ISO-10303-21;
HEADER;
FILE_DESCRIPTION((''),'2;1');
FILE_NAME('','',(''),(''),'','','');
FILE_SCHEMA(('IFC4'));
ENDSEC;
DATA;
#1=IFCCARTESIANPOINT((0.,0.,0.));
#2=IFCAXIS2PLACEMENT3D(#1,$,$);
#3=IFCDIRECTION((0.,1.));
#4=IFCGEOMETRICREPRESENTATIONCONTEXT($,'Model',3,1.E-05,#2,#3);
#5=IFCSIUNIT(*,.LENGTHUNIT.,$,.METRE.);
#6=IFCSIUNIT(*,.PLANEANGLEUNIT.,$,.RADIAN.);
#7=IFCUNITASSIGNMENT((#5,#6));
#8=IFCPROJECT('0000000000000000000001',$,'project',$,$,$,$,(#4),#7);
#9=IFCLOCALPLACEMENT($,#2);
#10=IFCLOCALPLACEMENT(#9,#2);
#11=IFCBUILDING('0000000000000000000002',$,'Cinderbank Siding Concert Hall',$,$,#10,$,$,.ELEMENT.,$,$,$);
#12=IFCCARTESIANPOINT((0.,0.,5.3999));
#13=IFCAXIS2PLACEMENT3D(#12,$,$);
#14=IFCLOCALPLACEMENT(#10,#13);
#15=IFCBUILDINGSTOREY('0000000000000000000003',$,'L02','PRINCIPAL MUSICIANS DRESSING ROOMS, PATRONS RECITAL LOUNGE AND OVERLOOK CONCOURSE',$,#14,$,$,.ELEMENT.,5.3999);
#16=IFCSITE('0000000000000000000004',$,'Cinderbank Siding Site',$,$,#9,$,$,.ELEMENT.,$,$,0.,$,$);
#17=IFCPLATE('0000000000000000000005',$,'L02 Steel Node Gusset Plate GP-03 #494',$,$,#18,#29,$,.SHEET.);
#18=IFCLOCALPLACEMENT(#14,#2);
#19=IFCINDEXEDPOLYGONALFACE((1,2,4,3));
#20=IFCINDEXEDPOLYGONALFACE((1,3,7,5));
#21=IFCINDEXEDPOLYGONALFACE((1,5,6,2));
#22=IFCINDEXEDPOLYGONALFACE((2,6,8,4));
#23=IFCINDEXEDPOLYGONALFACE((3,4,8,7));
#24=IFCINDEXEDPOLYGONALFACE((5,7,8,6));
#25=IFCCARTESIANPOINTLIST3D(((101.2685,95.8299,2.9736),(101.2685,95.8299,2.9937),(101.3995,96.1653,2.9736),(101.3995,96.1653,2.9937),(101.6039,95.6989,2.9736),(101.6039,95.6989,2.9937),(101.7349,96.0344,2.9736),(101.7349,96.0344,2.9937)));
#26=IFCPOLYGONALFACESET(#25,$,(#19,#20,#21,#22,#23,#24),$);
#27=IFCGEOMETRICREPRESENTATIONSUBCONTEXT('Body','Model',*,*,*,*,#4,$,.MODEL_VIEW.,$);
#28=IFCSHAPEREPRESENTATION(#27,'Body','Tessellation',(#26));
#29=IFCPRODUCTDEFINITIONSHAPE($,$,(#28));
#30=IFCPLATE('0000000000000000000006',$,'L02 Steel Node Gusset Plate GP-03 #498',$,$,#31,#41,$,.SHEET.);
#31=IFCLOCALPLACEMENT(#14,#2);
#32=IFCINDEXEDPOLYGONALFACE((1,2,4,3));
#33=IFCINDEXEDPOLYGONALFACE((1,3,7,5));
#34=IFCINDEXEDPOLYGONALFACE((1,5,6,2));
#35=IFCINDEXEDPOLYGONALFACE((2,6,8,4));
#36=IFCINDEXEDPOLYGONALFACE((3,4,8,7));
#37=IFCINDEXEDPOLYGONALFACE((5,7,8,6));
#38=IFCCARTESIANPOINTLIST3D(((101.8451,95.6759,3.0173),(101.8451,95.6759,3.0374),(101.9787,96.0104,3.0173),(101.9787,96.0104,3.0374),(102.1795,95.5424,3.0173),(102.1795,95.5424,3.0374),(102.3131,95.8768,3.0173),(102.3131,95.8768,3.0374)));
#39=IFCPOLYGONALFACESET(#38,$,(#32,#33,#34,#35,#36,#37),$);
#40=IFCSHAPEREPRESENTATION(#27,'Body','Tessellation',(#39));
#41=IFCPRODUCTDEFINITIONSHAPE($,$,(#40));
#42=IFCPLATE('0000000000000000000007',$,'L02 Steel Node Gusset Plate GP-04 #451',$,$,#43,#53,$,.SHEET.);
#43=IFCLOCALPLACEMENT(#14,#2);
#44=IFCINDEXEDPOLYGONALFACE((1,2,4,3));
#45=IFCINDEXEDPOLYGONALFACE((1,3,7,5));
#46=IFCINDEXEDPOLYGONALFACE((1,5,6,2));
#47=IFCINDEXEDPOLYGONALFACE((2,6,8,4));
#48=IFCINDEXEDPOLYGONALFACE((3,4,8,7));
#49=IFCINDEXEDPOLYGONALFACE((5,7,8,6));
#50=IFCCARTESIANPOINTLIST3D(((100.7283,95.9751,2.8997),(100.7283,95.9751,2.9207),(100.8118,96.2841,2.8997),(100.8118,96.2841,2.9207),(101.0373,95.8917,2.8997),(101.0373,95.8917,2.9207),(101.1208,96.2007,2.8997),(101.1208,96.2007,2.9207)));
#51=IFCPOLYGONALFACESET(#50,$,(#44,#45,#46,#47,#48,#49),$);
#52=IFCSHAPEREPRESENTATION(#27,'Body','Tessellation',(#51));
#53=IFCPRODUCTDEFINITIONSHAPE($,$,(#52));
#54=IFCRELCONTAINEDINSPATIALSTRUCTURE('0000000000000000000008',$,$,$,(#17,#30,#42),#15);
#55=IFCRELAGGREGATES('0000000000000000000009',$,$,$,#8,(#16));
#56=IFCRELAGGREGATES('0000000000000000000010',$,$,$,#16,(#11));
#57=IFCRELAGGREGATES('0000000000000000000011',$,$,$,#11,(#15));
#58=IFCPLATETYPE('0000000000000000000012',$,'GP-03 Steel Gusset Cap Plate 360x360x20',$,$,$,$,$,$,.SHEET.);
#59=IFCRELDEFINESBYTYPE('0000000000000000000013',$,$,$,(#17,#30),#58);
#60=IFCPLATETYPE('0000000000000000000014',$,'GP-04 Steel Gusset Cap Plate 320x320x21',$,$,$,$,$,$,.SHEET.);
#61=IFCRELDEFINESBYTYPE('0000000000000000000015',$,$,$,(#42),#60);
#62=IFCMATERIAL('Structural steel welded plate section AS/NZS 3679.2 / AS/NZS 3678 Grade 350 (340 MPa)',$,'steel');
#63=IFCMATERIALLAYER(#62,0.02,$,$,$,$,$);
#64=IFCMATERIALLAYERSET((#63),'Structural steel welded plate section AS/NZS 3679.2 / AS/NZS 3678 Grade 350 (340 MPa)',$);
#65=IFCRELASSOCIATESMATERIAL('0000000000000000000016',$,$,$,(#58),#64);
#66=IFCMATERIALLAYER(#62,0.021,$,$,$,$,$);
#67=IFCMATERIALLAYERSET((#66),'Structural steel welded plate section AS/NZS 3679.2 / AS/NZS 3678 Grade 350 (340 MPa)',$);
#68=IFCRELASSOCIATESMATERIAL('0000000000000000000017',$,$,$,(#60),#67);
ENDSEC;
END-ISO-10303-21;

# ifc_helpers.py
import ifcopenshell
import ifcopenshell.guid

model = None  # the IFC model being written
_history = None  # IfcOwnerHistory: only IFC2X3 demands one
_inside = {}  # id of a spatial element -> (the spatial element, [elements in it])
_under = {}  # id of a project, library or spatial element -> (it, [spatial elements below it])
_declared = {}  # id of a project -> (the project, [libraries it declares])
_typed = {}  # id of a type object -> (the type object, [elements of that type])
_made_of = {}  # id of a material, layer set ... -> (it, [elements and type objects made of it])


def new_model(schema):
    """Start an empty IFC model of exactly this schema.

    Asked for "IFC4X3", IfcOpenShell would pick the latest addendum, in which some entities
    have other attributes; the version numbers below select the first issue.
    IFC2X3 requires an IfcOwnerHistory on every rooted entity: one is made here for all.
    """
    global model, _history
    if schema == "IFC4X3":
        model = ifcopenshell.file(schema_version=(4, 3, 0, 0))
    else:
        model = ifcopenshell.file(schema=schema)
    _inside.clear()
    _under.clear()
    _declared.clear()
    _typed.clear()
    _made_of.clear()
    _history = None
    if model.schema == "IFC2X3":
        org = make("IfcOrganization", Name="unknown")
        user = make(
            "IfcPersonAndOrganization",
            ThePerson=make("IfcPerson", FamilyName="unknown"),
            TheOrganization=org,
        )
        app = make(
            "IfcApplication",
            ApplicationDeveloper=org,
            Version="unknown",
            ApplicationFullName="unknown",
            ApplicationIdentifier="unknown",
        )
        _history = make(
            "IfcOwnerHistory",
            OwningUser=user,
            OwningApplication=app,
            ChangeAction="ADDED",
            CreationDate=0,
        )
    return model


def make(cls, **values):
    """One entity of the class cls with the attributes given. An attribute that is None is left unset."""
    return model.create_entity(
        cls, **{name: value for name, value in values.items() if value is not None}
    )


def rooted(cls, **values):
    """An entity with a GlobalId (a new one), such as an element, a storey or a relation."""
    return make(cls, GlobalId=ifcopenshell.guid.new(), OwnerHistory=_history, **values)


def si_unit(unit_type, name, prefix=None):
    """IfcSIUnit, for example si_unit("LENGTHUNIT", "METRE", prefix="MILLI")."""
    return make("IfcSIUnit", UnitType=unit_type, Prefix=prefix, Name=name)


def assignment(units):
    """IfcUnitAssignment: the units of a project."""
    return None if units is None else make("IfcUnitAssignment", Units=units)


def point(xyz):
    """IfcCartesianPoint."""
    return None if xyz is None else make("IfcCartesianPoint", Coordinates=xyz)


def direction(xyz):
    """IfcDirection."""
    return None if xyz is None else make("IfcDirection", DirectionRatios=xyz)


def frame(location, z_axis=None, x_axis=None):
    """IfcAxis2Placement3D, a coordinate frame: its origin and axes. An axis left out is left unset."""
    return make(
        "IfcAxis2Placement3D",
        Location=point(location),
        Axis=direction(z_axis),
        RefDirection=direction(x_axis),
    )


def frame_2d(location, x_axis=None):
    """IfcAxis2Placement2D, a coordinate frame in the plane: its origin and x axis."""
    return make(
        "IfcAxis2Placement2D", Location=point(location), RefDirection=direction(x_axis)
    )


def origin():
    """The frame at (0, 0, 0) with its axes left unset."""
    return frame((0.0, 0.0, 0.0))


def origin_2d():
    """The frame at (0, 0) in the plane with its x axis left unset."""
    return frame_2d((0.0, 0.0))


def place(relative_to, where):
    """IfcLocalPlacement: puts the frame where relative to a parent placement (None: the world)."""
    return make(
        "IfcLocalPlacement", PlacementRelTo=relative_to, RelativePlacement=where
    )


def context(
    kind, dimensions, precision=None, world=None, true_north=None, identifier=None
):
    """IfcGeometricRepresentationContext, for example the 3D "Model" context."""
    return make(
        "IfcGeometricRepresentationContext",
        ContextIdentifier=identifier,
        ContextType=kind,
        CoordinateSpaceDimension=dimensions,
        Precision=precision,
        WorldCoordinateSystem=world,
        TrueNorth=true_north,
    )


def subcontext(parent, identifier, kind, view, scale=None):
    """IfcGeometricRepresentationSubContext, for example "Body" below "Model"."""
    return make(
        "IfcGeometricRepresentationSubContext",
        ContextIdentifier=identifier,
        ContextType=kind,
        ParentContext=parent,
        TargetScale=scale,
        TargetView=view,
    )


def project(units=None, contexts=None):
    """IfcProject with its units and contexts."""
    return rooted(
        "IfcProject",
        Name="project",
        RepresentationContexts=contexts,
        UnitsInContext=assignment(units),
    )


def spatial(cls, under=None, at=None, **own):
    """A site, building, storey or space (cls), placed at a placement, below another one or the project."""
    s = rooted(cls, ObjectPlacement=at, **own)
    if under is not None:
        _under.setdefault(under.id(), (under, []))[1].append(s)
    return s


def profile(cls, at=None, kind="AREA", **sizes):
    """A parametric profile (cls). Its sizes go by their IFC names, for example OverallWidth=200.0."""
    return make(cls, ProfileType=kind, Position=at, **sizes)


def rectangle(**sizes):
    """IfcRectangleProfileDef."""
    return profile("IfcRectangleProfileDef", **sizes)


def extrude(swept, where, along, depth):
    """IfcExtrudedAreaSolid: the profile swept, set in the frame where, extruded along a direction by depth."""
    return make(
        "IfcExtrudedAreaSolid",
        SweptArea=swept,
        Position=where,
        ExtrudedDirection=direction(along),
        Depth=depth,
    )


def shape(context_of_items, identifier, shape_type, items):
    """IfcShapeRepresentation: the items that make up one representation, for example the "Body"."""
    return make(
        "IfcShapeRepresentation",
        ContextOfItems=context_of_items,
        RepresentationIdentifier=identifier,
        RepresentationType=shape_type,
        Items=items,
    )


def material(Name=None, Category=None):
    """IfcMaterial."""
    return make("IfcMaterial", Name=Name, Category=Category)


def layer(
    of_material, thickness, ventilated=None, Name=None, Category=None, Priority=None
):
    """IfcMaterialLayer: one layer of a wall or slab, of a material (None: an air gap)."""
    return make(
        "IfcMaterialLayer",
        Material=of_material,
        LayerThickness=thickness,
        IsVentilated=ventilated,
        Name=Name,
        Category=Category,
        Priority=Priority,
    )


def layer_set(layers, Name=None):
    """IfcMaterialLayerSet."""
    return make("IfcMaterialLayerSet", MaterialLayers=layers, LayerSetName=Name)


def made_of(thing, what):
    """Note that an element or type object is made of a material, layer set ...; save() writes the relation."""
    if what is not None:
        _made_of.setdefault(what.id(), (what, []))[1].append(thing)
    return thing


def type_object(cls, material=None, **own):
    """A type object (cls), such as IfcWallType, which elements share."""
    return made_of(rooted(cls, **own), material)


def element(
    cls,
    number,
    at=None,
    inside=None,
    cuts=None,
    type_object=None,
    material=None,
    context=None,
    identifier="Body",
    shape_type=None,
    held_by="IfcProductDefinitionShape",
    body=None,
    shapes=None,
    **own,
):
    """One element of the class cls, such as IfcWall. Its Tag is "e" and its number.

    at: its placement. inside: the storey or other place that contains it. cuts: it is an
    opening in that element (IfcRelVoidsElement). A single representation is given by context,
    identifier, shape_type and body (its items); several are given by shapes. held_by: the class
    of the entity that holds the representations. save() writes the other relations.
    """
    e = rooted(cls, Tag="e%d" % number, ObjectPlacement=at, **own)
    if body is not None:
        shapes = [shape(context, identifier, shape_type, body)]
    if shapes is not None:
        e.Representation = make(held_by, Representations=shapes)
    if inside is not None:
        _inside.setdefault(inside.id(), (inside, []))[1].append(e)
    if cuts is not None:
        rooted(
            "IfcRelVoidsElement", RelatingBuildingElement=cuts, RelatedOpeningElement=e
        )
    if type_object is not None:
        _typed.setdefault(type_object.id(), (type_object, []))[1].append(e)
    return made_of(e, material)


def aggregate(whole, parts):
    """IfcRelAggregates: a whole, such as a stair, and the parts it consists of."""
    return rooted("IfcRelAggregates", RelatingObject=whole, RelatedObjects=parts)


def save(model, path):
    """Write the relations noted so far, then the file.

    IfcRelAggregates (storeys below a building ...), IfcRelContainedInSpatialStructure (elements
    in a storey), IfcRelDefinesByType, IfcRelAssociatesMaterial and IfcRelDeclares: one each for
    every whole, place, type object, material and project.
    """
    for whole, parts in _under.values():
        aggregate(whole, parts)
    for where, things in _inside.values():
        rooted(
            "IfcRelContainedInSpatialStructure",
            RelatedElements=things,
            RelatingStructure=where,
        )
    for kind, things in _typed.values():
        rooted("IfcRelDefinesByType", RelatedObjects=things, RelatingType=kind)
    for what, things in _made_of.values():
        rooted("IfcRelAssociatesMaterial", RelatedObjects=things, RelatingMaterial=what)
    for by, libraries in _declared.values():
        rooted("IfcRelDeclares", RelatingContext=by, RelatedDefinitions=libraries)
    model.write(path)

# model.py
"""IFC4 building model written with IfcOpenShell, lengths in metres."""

from ifc_helpers import new_model, si_unit, direction, frame, origin, origin_2d, place, context, subcontext, project, spatial, rectangle, extrude, material, layer, layer_set, type_object, element, save


model = new_model("IFC4")

# Units and contexts
model_context = context("Model", 3, precision=1e-05, world=origin(), true_north=direction((0.0, 1.0)))
body_context = subcontext(model_context, "Body", "Model", "MODEL_VIEW")
ifc_project = project(units=[si_unit("LENGTHUNIT", "METRE"), si_unit("PLANEANGLEUNIT", "RADIAN")], contexts=[model_context])

# Site, building, storey
site_placement = place(None, origin())
site = spatial("IfcSite", under=ifc_project, at=site_placement, Name="Cinderbank Siding Site", CompositionType="ELEMENT", RefElevation=0.0)
building_placement = place(site_placement, origin())
building = spatial("IfcBuilding", under=site, at=building_placement, Name="Cinderbank Siding Concert Hall", CompositionType="ELEMENT")
storey_placement = place(building_placement, frame((0.0, 0.0, 5.3999)))
storey = spatial("IfcBuildingStorey", under=building, at=storey_placement, Name="L02", Description="PRINCIPAL MUSICIANS DRESSING ROOMS, PATRONS RECITAL LOUNGE AND OVERLOOK CONCOURSE", CompositionType="ELEMENT", Elevation=5.3999)

# Plates
ifc_material_1 = material(Name="Structural steel welded plate section AS/NZS 3679.2 / AS/NZS 3678 Grade 350 (340 MPa)", Category="steel")
ifc_layer_1 = layer(ifc_material_1, 0.02)
ifc_layer_set_1 = layer_set([ifc_layer_1], Name="Structural steel welded plate section AS/NZS 3679.2 / AS/NZS 3678 Grade 350 (340 MPa)")
plate_type_1 = type_object("IfcPlateType", Name="GP-03 Steel Gusset Cap Plate 360x360x20", PredefinedType="SHEET", material=ifc_layer_set_1)
for number, where, z_axis, x_axis, name in (
    (1, (101.5017, 95.9321, 2.9736), (0.0, 0.0, 1.0), (0.363739, 0.931501, 0.0), "L02 Steel Node Gusset Plate GP-03 #494"),
    (2, (102.0791, 95.7764, 3.0173), (0.0, 0.0, 1.0), (0.370882, 0.92868, 0.0), "L02 Steel Node Gusset Plate GP-03 #498"),
):
    element("IfcPlate", number, at=place(storey_placement, frame(where, z_axis=z_axis, x_axis=x_axis)), inside=storey, type_object=plate_type_1, Name=name, PredefinedType="SHEET", context=body_context, shape_type="SweptSolid", body=[
        extrude(rectangle(XDim=0.3601, YDim=0.3601, at=origin_2d()), origin(), (0.0, 0.0, 1.0), 0.02),
    ])
ifc_layer_2 = layer(ifc_material_1, 0.021)
ifc_layer_set_2 = layer_set([ifc_layer_2], Name="Structural steel welded plate section AS/NZS 3679.2 / AS/NZS 3678 Grade 350 (340 MPa)")
plate_type_2 = type_object("IfcPlateType", Name="GP-04 Steel Gusset Cap Plate 320x320x21", PredefinedType="SHEET", material=ifc_layer_set_2)
plate_1_placement = place(storey_placement, frame((100.9246, 96.0879, 2.8997), z_axis=(0.0, 0.0, 1.0), x_axis=(0.965427, -0.260673, 0.0)))
element("IfcPlate", 3, at=plate_1_placement, inside=storey, type_object=plate_type_2, Name="L02 Steel Node Gusset Plate GP-04 #451", PredefinedType="SHEET", context=body_context, shape_type="SweptSolid", body=[
    extrude(rectangle(XDim=0.3201, YDim=0.3201, at=origin_2d()), origin(), (0.0, 0.0, 1.0), 0.021),
])

save(model, "model.ifc")
